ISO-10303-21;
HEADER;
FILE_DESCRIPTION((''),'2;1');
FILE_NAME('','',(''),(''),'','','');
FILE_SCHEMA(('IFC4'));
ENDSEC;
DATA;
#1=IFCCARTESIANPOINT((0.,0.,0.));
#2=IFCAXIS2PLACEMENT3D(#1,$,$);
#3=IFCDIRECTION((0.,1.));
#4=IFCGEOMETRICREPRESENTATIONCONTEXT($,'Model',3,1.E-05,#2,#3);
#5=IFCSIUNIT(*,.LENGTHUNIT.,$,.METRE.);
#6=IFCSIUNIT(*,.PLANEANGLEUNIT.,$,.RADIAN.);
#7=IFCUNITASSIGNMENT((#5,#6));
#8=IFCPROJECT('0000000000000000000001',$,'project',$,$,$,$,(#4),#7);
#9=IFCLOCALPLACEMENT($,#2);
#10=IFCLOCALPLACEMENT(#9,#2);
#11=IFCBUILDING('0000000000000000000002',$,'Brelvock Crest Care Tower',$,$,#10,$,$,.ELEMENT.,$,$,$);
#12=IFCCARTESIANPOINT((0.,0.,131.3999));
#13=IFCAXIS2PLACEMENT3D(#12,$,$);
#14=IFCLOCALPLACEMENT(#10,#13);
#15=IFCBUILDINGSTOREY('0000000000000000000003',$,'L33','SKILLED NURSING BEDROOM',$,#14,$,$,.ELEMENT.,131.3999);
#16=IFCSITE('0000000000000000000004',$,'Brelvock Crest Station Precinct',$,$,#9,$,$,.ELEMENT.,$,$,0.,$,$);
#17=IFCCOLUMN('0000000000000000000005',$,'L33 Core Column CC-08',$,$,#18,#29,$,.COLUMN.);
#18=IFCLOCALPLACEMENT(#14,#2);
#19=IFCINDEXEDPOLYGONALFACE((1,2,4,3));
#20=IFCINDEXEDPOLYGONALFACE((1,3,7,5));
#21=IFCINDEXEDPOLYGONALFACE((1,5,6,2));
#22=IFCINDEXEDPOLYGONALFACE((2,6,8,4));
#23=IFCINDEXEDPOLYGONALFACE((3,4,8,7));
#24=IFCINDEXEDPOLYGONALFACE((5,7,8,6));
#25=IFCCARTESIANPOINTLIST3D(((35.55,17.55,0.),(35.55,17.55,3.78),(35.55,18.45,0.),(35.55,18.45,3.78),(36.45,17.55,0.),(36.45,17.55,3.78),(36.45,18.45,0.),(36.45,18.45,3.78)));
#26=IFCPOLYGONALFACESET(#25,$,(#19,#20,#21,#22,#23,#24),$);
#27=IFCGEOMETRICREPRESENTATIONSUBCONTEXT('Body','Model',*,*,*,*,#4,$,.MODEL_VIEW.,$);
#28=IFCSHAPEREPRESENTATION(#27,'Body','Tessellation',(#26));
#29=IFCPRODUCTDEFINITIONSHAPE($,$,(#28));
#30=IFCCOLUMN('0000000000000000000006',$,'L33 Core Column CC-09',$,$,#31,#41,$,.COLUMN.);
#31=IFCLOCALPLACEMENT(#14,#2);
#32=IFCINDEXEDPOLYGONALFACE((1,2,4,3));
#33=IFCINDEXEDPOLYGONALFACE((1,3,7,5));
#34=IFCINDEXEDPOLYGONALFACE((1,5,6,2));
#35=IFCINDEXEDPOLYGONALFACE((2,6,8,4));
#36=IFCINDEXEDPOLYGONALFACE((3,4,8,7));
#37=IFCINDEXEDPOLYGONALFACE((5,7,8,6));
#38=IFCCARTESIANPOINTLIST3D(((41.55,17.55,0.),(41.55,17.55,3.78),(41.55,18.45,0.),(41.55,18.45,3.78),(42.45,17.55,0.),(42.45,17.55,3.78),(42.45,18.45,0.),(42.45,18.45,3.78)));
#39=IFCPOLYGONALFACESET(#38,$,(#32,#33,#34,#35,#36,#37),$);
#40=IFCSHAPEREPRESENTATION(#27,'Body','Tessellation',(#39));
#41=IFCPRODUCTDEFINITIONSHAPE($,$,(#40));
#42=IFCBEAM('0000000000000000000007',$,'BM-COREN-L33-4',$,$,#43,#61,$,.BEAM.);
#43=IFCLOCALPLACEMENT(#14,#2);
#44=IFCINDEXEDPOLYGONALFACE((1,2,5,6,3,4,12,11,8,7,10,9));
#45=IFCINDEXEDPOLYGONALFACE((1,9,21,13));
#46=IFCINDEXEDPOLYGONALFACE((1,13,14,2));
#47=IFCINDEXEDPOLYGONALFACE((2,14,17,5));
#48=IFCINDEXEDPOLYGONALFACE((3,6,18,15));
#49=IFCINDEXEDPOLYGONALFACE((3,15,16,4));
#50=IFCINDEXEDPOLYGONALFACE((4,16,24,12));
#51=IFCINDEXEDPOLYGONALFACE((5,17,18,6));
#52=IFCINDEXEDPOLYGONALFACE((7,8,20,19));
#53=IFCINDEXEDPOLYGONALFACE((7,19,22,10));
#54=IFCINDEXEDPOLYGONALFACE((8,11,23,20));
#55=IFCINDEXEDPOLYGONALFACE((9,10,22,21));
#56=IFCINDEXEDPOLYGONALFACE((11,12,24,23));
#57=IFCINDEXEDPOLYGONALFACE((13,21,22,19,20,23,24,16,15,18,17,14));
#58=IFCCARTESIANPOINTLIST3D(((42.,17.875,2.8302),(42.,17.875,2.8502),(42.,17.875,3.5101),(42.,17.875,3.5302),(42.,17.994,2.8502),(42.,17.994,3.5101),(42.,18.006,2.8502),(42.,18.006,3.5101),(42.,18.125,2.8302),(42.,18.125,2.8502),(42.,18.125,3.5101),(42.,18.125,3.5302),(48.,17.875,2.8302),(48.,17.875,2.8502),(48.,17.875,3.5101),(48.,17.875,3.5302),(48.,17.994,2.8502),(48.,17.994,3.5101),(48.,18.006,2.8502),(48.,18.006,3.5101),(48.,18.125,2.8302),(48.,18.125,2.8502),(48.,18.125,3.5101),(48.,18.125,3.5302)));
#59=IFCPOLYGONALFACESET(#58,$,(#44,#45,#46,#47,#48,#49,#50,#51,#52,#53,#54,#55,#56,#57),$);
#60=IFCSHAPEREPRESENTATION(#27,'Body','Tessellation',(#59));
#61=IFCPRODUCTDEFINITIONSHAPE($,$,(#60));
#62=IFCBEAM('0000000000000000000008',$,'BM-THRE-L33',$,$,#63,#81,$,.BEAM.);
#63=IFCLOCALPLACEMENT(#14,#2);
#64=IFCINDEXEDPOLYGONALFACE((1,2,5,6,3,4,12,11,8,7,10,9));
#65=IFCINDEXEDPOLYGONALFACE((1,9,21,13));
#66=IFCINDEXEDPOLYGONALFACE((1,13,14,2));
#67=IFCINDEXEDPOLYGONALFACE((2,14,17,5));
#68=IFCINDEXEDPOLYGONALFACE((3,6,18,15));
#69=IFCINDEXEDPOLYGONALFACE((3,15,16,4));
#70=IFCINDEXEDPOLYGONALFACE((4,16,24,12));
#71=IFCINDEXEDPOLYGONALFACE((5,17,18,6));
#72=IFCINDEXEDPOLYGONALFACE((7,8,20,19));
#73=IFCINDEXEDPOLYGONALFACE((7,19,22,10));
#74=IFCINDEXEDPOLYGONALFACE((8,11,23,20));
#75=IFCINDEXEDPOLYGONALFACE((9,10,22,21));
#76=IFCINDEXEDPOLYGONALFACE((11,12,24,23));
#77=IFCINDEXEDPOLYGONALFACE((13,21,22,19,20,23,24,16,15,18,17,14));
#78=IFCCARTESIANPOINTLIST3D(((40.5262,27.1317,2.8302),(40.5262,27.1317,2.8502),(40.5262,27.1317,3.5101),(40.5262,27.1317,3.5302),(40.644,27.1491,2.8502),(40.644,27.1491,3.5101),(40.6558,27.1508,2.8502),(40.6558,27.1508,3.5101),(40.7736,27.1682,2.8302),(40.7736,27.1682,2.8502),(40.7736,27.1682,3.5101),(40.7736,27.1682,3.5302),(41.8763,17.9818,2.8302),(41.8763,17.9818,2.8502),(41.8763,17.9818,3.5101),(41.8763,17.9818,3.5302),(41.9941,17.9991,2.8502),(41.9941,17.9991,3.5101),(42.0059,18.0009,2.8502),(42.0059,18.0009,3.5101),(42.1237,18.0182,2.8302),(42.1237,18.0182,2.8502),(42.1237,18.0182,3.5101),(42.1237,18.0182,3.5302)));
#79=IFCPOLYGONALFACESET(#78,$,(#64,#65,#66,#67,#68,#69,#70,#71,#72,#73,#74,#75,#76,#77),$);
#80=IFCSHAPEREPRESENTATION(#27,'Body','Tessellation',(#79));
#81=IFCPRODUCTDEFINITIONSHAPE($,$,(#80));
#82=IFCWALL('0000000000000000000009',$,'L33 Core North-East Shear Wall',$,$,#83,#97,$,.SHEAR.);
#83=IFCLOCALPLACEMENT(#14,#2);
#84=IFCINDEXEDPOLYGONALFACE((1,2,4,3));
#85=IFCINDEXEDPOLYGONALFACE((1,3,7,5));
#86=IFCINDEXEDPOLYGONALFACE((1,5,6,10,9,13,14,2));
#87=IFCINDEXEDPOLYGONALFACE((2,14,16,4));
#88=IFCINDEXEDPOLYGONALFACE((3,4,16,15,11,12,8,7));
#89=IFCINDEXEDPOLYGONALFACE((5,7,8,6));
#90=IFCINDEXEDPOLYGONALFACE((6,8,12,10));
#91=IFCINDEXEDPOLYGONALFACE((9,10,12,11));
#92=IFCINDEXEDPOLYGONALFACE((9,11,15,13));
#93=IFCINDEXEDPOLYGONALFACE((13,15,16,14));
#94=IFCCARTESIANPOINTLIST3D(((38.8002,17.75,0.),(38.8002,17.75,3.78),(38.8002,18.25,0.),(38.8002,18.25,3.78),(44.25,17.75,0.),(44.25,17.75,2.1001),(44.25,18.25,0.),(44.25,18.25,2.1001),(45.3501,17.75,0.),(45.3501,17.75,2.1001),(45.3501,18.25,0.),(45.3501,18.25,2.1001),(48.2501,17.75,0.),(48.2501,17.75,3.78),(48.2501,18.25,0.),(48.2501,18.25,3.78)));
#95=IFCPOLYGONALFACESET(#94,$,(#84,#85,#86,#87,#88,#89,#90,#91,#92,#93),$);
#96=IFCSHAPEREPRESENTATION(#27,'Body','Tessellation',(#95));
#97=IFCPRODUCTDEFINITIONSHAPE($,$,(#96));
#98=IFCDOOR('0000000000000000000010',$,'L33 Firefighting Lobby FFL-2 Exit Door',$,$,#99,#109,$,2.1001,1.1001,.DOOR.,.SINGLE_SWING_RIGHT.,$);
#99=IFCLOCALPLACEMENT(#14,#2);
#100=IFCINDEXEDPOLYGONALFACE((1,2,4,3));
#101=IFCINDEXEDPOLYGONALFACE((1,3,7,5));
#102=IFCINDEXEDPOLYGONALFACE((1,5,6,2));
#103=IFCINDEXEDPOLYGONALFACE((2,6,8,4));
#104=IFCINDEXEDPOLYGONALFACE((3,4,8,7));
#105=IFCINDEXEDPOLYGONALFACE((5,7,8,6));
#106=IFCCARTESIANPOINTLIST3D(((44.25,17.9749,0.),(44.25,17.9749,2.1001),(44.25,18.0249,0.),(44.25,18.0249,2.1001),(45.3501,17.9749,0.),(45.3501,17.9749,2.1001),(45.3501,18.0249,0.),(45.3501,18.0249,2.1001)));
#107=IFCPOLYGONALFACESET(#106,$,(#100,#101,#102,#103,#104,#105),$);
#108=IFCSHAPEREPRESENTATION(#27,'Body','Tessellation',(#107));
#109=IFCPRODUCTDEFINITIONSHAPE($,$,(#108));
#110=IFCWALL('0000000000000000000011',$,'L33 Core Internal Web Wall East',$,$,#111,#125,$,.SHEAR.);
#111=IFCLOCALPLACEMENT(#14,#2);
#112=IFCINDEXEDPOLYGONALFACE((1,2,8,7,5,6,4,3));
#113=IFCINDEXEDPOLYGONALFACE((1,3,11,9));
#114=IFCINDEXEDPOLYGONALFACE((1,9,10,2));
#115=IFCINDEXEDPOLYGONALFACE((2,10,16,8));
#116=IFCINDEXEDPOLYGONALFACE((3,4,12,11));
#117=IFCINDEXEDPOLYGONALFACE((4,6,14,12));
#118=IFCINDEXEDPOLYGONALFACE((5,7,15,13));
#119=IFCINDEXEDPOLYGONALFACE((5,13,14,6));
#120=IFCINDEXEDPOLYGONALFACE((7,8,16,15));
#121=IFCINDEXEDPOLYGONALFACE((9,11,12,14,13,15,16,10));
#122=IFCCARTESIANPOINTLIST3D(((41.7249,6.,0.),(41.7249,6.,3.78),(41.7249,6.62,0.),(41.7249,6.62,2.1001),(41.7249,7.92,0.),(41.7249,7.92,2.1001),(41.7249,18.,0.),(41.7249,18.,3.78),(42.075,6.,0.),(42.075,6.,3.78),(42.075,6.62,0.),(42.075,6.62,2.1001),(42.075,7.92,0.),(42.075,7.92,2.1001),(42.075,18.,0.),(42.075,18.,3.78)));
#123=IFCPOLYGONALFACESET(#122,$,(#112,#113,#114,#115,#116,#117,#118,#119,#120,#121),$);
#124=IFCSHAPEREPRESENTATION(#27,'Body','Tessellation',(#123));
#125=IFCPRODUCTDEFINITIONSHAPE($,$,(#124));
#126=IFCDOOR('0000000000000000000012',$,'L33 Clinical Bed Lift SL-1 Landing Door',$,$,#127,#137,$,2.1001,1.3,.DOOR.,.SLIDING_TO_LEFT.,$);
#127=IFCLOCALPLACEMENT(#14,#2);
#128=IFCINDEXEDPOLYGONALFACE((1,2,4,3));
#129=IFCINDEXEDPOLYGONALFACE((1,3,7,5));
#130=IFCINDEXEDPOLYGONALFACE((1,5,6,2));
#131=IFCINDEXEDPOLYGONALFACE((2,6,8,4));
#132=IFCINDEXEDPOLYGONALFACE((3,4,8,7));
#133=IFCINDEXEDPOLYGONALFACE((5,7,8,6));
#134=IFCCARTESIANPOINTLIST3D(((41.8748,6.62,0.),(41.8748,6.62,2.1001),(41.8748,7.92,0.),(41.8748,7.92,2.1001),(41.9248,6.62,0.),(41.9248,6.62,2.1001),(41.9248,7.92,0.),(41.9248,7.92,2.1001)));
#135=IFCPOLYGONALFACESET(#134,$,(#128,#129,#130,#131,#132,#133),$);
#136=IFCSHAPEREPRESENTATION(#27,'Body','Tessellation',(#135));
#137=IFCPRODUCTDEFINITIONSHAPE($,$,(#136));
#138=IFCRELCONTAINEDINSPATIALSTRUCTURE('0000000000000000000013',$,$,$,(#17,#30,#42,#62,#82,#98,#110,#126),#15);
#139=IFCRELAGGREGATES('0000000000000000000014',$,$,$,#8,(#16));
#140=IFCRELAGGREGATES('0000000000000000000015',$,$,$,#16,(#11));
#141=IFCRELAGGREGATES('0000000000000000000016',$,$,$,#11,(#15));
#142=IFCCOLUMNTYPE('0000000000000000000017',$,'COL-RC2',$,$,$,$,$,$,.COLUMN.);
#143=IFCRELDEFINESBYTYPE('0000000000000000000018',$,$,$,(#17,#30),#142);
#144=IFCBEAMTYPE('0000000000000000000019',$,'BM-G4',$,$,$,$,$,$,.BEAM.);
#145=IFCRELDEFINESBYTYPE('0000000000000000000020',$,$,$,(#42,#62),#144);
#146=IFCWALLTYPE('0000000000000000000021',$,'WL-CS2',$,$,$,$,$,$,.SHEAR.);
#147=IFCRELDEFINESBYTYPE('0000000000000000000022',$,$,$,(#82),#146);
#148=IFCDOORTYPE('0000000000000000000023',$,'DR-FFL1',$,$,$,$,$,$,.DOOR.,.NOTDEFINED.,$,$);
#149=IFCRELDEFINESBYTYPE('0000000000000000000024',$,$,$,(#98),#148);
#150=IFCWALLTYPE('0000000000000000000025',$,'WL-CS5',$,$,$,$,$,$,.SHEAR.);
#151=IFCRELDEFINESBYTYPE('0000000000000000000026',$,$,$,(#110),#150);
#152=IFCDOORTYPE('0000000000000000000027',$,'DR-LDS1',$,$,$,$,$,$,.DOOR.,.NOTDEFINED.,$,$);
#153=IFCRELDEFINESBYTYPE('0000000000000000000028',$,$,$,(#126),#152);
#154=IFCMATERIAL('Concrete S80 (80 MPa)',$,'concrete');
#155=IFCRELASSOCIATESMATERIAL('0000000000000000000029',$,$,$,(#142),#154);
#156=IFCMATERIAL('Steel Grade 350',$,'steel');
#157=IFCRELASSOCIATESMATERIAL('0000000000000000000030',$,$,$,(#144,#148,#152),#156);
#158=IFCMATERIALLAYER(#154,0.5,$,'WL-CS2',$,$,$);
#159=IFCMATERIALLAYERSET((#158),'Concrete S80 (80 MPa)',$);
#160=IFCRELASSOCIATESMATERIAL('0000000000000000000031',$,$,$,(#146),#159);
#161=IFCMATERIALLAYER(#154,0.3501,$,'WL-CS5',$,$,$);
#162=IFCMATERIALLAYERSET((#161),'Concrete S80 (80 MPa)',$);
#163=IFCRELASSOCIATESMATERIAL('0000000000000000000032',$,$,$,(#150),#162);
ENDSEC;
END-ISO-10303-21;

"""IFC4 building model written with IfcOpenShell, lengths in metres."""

from ifc_helpers import new_model, si_unit, direction, frame, frame_2d, origin, origin_2d, place, context, subcontext, project, spatial, rectangle, i_section, extrude, source, transform, mapped, material, layer, layer_set, material_profile, profile_set, type_object, element, fill, save


model = new_model("IFC4")

# Units and contexts
model_context = context("Model", 3, precision=1e-05, world=origin(), true_north=direction((0.0, 1.0)))
body_context = subcontext(model_context, "Body", "Model", "MODEL_VIEW")
ifc_project = project(units=[si_unit("LENGTHUNIT", "METRE"), si_unit("PLANEANGLEUNIT", "RADIAN")], contexts=[model_context])

# Site, building, storey
site_placement = place(None, origin())
site = spatial("IfcSite", under=ifc_project, at=site_placement, Name="Brelvock Crest Station Precinct", CompositionType="ELEMENT", RefElevation=0.0)
building_placement = place(site_placement, origin())
building = spatial("IfcBuilding", under=site, at=building_placement, Name="Brelvock Crest Care Tower", CompositionType="ELEMENT")
storey_placement = place(building_placement, frame((0.0, 0.0, 131.3999)))
storey = spatial("IfcBuildingStorey", under=building, at=storey_placement, Name="L33", Description="SKILLED NURSING BEDROOM", CompositionType="ELEMENT", Elevation=131.3999)

# Columns
ifc_material_1 = material(Name="Concrete S80 (80 MPa)", Category="concrete")
ifc_material_profile_1 = material_profile(ifc_material_1, rectangle(XDim=0.8999, YDim=0.8999, at=origin_2d()), Name="RC900x900")
ifc_profile_set_1 = profile_set([ifc_material_profile_1], Name="Concrete S80 (80 MPa)")
column_type = type_object("IfcColumnType", Name="COL-RC2", PredefinedType="COLUMN", material=ifc_profile_set_1)
shared_shape_1 = source(origin(), body_context, "Body", "SweptSolid", [
    extrude(rectangle(XDim=0.8999, YDim=0.8999, at=origin_2d()), origin(), (0.0, 0.0, 1.0), 3.78),
])
for number, where, z_axis, x_axis, name in (
    (1, (36.0, 18.0, 0.0), (0.0, 0.0, 1.0), (1.0, 0.0, 0.0), "L33 Core Column CC-08"),
    (2, (42.0, 18.0, 0.0), (0.0, 0.0, 1.0), (1.0, 0.0, 0.0), "L33 Core Column CC-09"),
):
    element("IfcColumn", number, at=place(storey_placement, frame(where, z_axis=z_axis, x_axis=x_axis)), inside=storey, type_object=column_type, Name=name, PredefinedType="COLUMN", context=body_context, shape_type="MappedRepresentation", body=[
        mapped(shared_shape_1, transform((0.0, 0.0, 0.0), x_axis=(1.0, 0.0, 0.0), y_axis=(0.0, 1.0, 0.0), z_axis=(0.0, 0.0, 1.0), scale=1.0)),
    ])

# Beams
ifc_material_2 = material(Name="Steel Grade 350", Category="steel")
ifc_material_profile_2 = material_profile(ifc_material_2, i_section(OverallWidth=0.25, OverallDepth=0.7, WebThickness=0.012, FlangeThickness=0.02, at=origin_2d()), Name="700WB150")
ifc_profile_set_2 = profile_set([ifc_material_profile_2], Name="Steel Grade 350")
beam_type = type_object("IfcBeamType", Name="BM-G4", PredefinedType="BEAM", material=ifc_profile_set_2)
shared_shape_2 = source(origin(), body_context, "Body", "SweptSolid", [
    extrude(i_section(OverallWidth=0.25, OverallDepth=0.7, WebThickness=0.012, FlangeThickness=0.02, at=origin_2d()), origin(), (0.0, 0.0, 1.0), 6.0),
])
beam_1_placement = place(storey_placement, frame((42.0, 18.0, 3.1802), z_axis=(1.0, 0.0, 0.0), x_axis=(0.0, 1.0, 0.0)))
element("IfcBeam", 3, at=beam_1_placement, inside=storey, type_object=beam_type, Name="BM-COREN-L33-4", PredefinedType="BEAM", context=body_context, shape_type="MappedRepresentation", body=[
    mapped(shared_shape_2, transform((0.0, 0.0, 0.0), x_axis=(1.0, 0.0, 0.0), y_axis=(0.0, 1.0, 0.0), z_axis=(0.0, 0.0, 1.0), scale=1.0)),
])
shared_shape_3 = source(origin(), body_context, "Body", "SweptSolid", [
    extrude(i_section(OverallWidth=0.25, OverallDepth=0.7, WebThickness=0.012, FlangeThickness=0.02, at=origin_2d()), origin(), (0.0, 0.0, 1.0), 9.249),
])
beam_2_placement = place(storey_placement, frame((42.0, 18.0, 3.1802), z_axis=(-0.145973, 0.989289, 0.0), x_axis=(-0.989289, -0.145973, 0.0)))
element("IfcBeam", 4, at=beam_2_placement, inside=storey, type_object=beam_type, Name="BM-THRE-L33", PredefinedType="BEAM", context=body_context, shape_type="MappedRepresentation", body=[
    mapped(shared_shape_3, transform((0.0, 0.0, 0.0), x_axis=(1.0, 0.0, 0.0), y_axis=(0.0, 1.0, 0.0), z_axis=(0.0, 0.0, 1.0), scale=1.0)),
])

# Walls, openings, doors
ifc_layer_1 = layer(ifc_material_1, 0.5, Name="WL-CS2")
ifc_layer_set_1 = layer_set([ifc_layer_1], Name="Concrete S80 (80 MPa)")
wall_type_1 = type_object("IfcWallType", Name="WL-CS2", PredefinedType="SHEAR", material=ifc_layer_set_1)
wall_1_placement = place(storey_placement, frame((38.8, 18.0, 0.0), z_axis=(0.0, 0.0, 1.0), x_axis=(1.0, 0.0, 0.0)))
wall_1 = element("IfcWall", 5, at=wall_1_placement, inside=storey, type_object=wall_type_1, Name="L33 Core North-East Shear Wall", PredefinedType="SHEAR", context=body_context, shape_type="SweptSolid", body=[
    extrude(rectangle(XDim=9.45, YDim=0.5, at=frame_2d((4.7251, 0.0))), origin(), (0.0, 0.0, 1.0), 3.78),
])
opening_1_placement = place(wall_1_placement, frame((5.45, 0.0, 0.0)))
opening_1 = element("IfcOpeningElement", 6, at=opening_1_placement, cuts=wall_1, PredefinedType="OPENING", context=body_context, shape_type="SweptSolid", body=[
    extrude(rectangle(XDim=1.1001, YDim=2.1001, at=origin_2d()), frame((0.55, 0.26, 1.05), z_axis=(0.0, -1.0, 0.0), x_axis=(1.0, 0.0, 0.0)), (0.0, 0.0, 1.0), 0.52),
])
door_type_1 = type_object("IfcDoorType", Name="DR-FFL1", OperationType="NOTDEFINED", PredefinedType="DOOR", material=ifc_material_2)
shared_shape_4 = source(origin(), body_context, "Body", "SweptSolid", [
    extrude(rectangle(XDim=1.1001, YDim=2.1001, at=origin_2d()), frame((0.55, 0.0249, 1.05), z_axis=(0.0, -1.0, 0.0), x_axis=(1.0, 0.0, 0.0)), (0.0, 0.0, 1.0), 0.05),
])
door_1_placement = place(opening_1_placement, origin())
door_1 = element("IfcDoor", 7, at=door_1_placement, inside=storey, type_object=door_type_1, Name="L33 Firefighting Lobby FFL-2 Exit Door", OperationType="SINGLE_SWING_RIGHT", OverallHeight=2.1001, OverallWidth=1.1001, PredefinedType="DOOR", context=body_context, shape_type="MappedRepresentation", body=[
    mapped(shared_shape_4, transform((0.0, 0.0, 0.0), x_axis=(1.0, 0.0, 0.0), y_axis=(0.0, 1.0, 0.0), z_axis=(0.0, 0.0, 1.0), scale=1.0)),
])
fill(opening_1, door_1)
ifc_layer_2 = layer(ifc_material_1, 0.3501, Name="WL-CS5")
ifc_layer_set_2 = layer_set([ifc_layer_2], Name="Concrete S80 (80 MPa)")
wall_type_2 = type_object("IfcWallType", Name="WL-CS5", PredefinedType="SHEAR", material=ifc_layer_set_2)
wall_2_placement = place(storey_placement, frame((41.8999, 18.0, 0.0), z_axis=(0.0, 0.0, 1.0), x_axis=(0.0, -1.0, 0.0)))
wall_2 = element("IfcWall", 8, at=wall_2_placement, inside=storey, type_object=wall_type_2, Name="L33 Core Internal Web Wall East", PredefinedType="SHEAR", context=body_context, shape_type="SweptSolid", body=[
    extrude(rectangle(XDim=12.0, YDim=0.3501, at=frame_2d((6.0, 0.0))), origin(), (0.0, 0.0, 1.0), 3.78),
])
opening_2_placement = place(wall_2_placement, frame((10.0801, 0.0, 0.0)))
opening_2 = element("IfcOpeningElement", 9, at=opening_2_placement, cuts=wall_2, PredefinedType="OPENING", context=body_context, shape_type="SweptSolid", body=[
    extrude(rectangle(XDim=1.3, YDim=2.1001, at=origin_2d()), frame((0.6499, 0.1851, 1.05), z_axis=(0.0, -1.0, 0.0), x_axis=(1.0, 0.0, 0.0)), (0.0, 0.0, 1.0), 0.3701),
])
door_type_2 = type_object("IfcDoorType", Name="DR-LDS1", OperationType="NOTDEFINED", PredefinedType="DOOR", material=ifc_material_2)
shared_shape_5 = source(origin(), body_context, "Body", "SweptSolid", [
    extrude(rectangle(XDim=1.3, YDim=2.1001, at=origin_2d()), frame((0.6499, 0.0249, 1.05), z_axis=(0.0, -1.0, 0.0), x_axis=(1.0, 0.0, 0.0)), (0.0, 0.0, 1.0), 0.05),
])
door_2_placement = place(opening_2_placement, origin())
door_2 = element("IfcDoor", 10, at=door_2_placement, inside=storey, type_object=door_type_2, Name="L33 Clinical Bed Lift SL-1 Landing Door", OperationType="SLIDING_TO_LEFT", OverallHeight=2.1001, OverallWidth=1.3, PredefinedType="DOOR", context=body_context, shape_type="MappedRepresentation", body=[
    mapped(shared_shape_5, transform((0.0, 0.0, 0.0), x_axis=(1.0, 0.0, 0.0), y_axis=(0.0, 1.0, 0.0), z_axis=(0.0, 0.0, 1.0), scale=1.0)),
])
fill(opening_2, door_2)

save(model, "model.ifc")
